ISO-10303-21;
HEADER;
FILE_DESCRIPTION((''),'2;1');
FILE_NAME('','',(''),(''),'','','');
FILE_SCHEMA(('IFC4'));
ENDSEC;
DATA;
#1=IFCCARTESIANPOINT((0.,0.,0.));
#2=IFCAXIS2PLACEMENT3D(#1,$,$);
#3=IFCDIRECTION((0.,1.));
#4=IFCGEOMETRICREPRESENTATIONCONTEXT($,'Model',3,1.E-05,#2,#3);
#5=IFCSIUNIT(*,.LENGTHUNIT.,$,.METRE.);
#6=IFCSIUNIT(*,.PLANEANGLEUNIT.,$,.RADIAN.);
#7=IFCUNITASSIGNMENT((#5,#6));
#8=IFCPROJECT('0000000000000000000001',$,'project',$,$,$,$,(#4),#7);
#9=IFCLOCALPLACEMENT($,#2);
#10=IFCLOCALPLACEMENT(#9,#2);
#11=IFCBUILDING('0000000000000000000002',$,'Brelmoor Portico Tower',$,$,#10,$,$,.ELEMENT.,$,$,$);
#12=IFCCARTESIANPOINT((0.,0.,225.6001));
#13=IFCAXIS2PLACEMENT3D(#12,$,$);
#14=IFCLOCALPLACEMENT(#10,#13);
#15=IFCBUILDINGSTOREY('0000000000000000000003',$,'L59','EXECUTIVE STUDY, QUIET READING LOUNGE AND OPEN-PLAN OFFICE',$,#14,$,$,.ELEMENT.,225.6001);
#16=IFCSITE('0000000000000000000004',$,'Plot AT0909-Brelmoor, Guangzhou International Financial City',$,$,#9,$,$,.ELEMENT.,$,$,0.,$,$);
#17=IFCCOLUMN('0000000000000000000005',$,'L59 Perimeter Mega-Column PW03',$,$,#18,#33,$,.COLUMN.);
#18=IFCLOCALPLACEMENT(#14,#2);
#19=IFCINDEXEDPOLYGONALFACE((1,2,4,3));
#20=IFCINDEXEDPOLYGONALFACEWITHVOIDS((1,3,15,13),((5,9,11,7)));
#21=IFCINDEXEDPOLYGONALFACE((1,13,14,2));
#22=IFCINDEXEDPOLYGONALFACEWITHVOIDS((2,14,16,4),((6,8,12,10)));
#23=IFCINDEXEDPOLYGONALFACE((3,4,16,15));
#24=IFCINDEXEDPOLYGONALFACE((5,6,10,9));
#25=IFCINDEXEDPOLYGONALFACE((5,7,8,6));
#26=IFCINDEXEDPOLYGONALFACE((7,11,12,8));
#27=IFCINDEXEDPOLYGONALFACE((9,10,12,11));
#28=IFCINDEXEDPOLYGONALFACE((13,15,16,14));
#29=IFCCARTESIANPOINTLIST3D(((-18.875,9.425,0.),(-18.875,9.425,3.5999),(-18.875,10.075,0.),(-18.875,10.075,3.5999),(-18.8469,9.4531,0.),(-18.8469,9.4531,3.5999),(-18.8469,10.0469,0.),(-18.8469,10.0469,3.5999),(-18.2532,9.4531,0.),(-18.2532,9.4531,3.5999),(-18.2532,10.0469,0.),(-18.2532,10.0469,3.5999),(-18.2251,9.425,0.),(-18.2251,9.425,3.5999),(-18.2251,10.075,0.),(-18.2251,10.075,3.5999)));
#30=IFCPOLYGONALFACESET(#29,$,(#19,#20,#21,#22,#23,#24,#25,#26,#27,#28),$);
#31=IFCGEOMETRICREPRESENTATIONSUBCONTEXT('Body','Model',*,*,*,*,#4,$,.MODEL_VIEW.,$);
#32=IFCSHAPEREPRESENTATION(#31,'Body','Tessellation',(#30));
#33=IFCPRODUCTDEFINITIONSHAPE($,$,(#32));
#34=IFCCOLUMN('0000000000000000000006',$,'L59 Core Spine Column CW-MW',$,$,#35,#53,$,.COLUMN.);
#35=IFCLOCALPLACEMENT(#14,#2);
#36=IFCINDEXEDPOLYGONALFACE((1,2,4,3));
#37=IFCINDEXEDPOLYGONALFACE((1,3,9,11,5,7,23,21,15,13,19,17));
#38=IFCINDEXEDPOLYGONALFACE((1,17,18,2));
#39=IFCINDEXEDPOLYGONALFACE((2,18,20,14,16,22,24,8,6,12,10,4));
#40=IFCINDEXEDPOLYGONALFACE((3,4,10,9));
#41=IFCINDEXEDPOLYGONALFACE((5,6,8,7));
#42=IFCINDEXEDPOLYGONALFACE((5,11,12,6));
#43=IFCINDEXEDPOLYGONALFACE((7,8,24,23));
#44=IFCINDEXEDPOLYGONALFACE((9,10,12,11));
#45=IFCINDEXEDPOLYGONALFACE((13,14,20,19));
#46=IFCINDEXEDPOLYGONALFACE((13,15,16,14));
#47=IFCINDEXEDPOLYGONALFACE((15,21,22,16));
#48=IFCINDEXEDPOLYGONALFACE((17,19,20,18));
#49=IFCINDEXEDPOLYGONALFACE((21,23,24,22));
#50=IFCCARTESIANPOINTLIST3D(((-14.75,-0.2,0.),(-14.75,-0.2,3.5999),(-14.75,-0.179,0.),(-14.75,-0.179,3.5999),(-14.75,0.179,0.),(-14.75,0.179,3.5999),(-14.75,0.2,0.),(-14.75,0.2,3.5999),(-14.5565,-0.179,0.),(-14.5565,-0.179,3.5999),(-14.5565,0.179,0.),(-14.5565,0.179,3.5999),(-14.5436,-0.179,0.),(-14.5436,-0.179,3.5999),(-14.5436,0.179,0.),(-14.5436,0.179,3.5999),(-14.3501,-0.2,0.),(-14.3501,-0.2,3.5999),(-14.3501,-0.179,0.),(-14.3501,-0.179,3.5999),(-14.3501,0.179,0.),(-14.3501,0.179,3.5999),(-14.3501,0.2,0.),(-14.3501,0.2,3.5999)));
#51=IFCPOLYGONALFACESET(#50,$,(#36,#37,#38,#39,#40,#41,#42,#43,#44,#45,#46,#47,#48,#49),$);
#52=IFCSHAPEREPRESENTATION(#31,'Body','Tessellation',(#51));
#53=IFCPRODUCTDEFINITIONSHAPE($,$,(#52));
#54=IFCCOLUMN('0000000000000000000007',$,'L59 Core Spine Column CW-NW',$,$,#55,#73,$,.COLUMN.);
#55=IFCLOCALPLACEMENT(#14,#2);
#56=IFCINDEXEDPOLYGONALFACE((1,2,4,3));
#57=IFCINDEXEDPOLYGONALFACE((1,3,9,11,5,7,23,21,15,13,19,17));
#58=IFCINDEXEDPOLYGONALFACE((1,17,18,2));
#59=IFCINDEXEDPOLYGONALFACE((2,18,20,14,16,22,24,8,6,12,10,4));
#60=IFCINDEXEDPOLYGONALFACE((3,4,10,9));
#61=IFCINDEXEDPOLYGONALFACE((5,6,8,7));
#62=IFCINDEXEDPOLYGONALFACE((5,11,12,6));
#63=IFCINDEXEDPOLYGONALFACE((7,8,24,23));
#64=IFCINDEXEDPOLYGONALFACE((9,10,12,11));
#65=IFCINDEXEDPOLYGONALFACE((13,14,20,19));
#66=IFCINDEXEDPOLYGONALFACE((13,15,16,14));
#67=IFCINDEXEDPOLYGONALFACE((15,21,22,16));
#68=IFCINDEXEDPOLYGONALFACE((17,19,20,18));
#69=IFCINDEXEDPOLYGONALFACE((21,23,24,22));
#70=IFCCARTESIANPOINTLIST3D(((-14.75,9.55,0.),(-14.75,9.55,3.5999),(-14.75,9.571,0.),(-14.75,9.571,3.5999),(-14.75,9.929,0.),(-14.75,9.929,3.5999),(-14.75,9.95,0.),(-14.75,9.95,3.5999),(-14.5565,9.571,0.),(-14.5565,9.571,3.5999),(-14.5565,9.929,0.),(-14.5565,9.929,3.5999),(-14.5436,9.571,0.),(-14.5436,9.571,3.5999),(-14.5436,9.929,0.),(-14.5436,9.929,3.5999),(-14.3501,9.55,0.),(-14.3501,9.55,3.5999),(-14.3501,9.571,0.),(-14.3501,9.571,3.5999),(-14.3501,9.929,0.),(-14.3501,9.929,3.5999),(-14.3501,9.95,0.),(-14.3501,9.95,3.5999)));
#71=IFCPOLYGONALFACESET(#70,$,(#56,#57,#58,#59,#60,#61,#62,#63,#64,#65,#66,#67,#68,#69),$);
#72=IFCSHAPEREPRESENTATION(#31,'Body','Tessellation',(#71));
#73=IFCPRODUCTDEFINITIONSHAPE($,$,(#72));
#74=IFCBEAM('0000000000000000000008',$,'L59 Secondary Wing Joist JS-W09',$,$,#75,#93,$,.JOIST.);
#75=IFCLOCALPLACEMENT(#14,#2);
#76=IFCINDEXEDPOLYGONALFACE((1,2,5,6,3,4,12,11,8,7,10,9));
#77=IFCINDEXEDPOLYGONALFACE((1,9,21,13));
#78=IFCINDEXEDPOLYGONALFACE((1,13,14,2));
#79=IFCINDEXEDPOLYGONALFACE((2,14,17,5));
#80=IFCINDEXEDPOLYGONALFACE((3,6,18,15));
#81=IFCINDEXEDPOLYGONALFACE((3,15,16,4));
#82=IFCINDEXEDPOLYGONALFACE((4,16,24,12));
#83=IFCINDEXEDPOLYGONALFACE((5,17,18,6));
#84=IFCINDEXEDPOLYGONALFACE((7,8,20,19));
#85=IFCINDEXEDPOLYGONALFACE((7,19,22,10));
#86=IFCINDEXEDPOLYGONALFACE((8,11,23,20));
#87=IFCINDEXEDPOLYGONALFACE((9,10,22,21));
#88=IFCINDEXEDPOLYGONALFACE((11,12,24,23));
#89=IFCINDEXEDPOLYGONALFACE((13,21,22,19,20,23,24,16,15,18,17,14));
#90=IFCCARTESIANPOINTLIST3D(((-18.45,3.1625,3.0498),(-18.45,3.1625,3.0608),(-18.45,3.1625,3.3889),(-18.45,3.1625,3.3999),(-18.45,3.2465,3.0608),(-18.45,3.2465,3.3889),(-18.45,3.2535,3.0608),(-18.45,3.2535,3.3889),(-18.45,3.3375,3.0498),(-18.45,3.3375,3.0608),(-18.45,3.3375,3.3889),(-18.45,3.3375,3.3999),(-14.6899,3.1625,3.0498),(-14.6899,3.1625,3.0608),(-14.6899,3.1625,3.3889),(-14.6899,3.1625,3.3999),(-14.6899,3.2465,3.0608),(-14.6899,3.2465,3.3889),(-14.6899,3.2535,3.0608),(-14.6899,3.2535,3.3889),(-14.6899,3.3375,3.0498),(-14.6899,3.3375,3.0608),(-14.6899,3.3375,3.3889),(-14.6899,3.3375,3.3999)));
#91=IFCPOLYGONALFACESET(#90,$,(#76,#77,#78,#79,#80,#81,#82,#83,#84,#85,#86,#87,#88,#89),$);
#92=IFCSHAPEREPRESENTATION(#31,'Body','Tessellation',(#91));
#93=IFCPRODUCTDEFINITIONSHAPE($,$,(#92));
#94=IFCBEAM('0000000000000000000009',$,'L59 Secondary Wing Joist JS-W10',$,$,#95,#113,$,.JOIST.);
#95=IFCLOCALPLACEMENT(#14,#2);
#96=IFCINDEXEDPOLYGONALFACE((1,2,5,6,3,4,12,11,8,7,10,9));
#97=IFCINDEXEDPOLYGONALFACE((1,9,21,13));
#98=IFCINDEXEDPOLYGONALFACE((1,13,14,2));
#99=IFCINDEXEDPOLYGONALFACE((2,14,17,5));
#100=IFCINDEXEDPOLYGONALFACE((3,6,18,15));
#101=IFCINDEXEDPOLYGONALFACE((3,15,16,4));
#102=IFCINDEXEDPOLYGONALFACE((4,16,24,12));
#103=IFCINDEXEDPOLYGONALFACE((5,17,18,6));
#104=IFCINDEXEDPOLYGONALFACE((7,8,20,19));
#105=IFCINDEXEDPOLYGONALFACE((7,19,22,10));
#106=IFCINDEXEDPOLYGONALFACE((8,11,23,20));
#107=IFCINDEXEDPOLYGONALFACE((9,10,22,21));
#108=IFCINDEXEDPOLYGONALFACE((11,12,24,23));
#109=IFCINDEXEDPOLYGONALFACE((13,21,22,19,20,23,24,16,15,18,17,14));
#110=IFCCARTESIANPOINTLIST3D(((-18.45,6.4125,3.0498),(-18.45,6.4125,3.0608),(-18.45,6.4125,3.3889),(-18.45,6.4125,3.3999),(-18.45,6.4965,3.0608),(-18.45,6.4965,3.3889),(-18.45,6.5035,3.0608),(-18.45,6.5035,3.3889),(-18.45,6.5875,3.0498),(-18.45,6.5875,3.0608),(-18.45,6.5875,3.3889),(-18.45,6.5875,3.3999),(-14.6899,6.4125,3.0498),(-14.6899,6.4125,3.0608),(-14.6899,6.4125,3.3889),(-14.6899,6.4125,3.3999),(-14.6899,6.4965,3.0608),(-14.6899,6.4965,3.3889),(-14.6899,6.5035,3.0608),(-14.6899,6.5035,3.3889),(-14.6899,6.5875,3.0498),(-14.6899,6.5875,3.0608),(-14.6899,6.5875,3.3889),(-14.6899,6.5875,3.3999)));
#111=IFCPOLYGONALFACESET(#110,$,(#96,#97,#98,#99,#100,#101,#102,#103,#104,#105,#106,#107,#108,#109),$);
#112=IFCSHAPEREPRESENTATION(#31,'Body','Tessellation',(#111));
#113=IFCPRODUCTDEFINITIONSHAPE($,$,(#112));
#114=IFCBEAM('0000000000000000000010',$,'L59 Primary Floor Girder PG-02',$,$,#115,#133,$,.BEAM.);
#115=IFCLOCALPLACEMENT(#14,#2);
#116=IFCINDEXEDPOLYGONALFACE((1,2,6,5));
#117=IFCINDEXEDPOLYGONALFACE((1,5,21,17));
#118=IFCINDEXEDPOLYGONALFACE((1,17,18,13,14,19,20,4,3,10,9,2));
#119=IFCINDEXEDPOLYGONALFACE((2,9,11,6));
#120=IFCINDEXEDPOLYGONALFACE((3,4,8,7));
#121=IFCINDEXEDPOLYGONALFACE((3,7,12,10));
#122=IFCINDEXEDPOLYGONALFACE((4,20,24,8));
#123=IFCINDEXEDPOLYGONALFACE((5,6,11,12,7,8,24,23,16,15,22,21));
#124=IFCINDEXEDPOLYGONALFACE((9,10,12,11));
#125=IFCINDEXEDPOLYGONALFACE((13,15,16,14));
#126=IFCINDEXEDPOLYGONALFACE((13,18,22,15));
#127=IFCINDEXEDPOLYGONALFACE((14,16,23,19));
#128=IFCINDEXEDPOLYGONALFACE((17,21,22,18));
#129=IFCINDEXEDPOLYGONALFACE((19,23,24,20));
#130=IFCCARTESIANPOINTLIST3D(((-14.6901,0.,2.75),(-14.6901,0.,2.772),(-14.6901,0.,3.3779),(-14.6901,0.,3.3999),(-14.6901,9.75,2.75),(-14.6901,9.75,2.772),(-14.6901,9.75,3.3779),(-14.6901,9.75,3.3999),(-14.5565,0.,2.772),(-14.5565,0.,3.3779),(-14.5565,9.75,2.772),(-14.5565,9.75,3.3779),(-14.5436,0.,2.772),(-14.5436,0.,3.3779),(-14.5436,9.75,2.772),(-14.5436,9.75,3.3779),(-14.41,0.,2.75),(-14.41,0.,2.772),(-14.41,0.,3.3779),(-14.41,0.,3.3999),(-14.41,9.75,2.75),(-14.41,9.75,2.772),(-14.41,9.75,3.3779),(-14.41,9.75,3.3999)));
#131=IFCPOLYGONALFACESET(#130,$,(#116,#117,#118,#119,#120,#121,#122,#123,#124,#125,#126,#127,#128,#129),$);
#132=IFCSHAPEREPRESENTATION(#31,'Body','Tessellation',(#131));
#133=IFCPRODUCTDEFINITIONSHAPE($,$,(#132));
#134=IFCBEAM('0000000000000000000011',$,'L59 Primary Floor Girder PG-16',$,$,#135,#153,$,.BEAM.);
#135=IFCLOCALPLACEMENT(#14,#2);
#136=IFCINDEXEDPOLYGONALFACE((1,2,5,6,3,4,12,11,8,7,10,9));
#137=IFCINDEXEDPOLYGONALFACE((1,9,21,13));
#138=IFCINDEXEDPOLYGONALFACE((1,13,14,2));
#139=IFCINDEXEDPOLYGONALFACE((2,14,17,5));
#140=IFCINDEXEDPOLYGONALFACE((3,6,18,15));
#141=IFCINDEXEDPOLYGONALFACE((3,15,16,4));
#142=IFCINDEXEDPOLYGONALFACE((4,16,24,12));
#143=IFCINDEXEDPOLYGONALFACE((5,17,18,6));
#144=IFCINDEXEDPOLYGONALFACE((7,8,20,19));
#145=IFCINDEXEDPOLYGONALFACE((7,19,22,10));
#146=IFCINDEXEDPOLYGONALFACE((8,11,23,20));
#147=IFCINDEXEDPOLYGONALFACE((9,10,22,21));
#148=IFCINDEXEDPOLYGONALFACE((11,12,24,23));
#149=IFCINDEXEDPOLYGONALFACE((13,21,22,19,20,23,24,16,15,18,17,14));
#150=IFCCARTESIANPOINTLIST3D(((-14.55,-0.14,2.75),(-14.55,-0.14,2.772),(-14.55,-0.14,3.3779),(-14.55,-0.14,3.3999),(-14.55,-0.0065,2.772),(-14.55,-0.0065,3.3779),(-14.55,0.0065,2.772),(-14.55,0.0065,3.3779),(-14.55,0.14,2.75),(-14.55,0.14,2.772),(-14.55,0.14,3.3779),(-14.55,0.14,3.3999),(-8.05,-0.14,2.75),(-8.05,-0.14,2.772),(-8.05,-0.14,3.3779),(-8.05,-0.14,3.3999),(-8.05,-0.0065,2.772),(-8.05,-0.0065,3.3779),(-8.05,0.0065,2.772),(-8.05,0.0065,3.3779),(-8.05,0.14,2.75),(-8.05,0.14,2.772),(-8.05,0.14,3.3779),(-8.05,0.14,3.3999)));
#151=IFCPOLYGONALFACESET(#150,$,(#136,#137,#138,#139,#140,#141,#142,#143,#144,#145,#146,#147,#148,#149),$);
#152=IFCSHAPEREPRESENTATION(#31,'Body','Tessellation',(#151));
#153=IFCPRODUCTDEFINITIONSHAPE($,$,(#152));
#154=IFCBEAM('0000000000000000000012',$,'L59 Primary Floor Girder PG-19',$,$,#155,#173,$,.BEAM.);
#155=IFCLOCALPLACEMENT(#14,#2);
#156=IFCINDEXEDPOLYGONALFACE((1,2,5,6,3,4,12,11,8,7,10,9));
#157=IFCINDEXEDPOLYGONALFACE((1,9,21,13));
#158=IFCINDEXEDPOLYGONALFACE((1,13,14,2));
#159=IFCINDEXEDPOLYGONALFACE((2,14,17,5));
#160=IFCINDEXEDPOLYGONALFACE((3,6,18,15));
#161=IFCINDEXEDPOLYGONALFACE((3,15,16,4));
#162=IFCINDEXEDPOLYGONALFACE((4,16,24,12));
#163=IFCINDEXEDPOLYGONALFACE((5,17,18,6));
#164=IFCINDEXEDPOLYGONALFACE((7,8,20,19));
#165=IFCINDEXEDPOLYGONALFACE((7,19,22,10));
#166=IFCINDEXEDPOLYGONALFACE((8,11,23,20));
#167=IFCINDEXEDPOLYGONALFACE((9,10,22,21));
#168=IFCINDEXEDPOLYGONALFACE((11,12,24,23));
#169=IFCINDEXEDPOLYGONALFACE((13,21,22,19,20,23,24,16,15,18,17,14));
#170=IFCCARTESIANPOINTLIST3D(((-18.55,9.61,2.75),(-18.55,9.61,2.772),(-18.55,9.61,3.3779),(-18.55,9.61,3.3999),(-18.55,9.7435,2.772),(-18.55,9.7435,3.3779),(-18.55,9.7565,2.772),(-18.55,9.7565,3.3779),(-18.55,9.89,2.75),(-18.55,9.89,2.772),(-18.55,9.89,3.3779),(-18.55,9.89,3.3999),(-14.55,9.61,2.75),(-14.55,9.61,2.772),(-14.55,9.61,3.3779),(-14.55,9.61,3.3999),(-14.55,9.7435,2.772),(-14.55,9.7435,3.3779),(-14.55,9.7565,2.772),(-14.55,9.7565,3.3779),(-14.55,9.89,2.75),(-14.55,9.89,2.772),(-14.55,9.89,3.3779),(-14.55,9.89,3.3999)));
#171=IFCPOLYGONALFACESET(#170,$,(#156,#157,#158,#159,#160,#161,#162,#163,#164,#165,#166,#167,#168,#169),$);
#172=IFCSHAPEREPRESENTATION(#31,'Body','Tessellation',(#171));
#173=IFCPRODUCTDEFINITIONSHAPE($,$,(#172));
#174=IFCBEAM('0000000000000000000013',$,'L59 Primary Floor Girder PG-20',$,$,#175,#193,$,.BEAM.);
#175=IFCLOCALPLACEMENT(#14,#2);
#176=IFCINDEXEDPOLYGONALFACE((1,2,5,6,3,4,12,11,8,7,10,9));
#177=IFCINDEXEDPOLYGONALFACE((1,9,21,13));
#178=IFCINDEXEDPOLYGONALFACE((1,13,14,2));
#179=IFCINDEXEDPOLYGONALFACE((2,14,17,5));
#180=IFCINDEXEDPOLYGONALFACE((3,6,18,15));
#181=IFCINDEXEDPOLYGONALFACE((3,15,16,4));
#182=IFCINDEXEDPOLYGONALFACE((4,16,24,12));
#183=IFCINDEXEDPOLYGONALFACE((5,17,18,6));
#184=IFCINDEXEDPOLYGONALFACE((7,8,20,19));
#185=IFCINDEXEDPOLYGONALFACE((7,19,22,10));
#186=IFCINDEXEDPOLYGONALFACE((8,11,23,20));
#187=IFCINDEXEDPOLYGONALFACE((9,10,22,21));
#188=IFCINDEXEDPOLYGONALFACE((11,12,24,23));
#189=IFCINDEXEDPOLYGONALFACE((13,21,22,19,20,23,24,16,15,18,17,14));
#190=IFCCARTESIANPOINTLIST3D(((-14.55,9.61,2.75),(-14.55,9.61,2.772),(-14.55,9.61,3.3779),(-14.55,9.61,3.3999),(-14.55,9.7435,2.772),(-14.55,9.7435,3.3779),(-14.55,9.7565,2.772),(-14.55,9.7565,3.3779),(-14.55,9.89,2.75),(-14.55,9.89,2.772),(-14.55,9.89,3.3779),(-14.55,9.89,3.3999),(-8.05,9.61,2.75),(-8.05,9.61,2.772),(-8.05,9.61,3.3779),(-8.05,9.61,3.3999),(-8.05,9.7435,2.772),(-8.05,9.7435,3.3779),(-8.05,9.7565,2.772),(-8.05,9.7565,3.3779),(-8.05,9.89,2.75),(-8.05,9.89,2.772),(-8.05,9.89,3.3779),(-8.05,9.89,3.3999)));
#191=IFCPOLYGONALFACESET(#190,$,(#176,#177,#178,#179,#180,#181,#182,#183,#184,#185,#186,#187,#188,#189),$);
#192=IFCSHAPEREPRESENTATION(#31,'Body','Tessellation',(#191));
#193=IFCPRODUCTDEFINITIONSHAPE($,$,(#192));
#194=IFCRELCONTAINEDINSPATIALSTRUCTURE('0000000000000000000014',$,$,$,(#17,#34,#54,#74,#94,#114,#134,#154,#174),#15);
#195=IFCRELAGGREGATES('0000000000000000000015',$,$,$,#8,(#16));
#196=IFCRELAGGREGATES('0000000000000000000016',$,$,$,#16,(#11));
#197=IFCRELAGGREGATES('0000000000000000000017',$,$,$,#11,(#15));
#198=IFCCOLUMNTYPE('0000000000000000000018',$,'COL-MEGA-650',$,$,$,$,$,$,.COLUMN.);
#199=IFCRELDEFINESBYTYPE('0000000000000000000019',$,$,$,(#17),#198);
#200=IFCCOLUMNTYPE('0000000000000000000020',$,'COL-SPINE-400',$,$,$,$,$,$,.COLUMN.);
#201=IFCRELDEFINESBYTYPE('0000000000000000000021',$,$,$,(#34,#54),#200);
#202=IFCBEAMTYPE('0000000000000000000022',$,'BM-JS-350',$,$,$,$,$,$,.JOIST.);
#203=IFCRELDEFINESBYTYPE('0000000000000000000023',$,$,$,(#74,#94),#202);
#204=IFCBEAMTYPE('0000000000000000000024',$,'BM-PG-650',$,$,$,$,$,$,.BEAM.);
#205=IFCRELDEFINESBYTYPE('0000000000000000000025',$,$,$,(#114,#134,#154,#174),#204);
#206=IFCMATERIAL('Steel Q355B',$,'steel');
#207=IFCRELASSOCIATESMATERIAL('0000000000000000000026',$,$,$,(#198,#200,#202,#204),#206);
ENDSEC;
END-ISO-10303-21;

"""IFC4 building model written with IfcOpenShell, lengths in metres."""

from ifc_helpers import new_model, si_unit, direction, frame, origin, origin_2d, place, context, subcontext, project, spatial, hollow_rectangle, i_section, extrude, material, material_profile, profile_set, type_object, element, save


model = new_model("IFC4")

# Units and contexts
model_context = context("Model", 3, precision=1e-05, world=origin(), true_north=direction((0.0, 1.0)))
body_context = subcontext(model_context, "Body", "Model", "MODEL_VIEW")
ifc_project = project(units=[si_unit("LENGTHUNIT", "METRE"), si_unit("PLANEANGLEUNIT", "RADIAN")], contexts=[model_context])

# Site, building, storey
site_placement = place(None, origin())
site = spatial("IfcSite", under=ifc_project, at=site_placement, Name="Plot AT0909-Brelmoor, Guangzhou International Financial City", CompositionType="ELEMENT", RefElevation=0.0)
building_placement = place(site_placement, origin())
building = spatial("IfcBuilding", under=site, at=building_placement, Name="Brelmoor Portico Tower", CompositionType="ELEMENT")
storey_placement = place(building_placement, frame((0.0, 0.0, 225.6001)))
storey = spatial("IfcBuildingStorey", under=building, at=storey_placement, Name="L59", Description="EXECUTIVE STUDY, QUIET READING LOUNGE AND OPEN-PLAN OFFICE", CompositionType="ELEMENT", Elevation=225.6001)

# Columns
ifc_material_1 = material(Name="Steel Q355B", Category="steel")
ifc_material_profile_1 = material_profile(ifc_material_1, hollow_rectangle(XDim=0.6499, YDim=0.6499, WallThickness=0.0281, at=origin_2d()), Name="BOX 650x650x28")
ifc_profile_set_1 = profile_set([ifc_material_profile_1], Name="Steel Q355B")
column_type_1 = type_object("IfcColumnType", Name="COL-MEGA-650", PredefinedType="COLUMN", material=ifc_profile_set_1)
column_placement = place(storey_placement, frame((-18.55, 9.75, 0.0), z_axis=(0.0, 0.0, 1.0), x_axis=(0.0, 1.0, 0.0)))
element("IfcColumn", 1, at=column_placement, inside=storey, type_object=column_type_1, Name="L59 Perimeter Mega-Column PW03", PredefinedType="COLUMN", context=body_context, shape_type="SweptSolid", body=[
    extrude(hollow_rectangle(XDim=0.6499, YDim=0.6499, WallThickness=0.0281, at=origin_2d()), origin(), (0.0, 0.0, 1.0), 3.5999),
])
ifc_material_profile_2 = material_profile(ifc_material_1, i_section(OverallWidth=0.3999, OverallDepth=0.3999, WebThickness=0.0129, FlangeThickness=0.021, at=origin_2d()), Name="HW 400x400x13x21")
ifc_profile_set_2 = profile_set([ifc_material_profile_2], Name="Steel Q355B")
column_type_2 = type_object("IfcColumnType", Name="COL-SPINE-400", PredefinedType="COLUMN", material=ifc_profile_set_2)
for number, where, z_axis, x_axis, name in (
    (2, (-14.55, 0.0, 0.0), (0.0, 0.0, 1.0), (1.0, 0.0, 0.0), "L59 Core Spine Column CW-MW"),
    (3, (-14.55, 9.75, 0.0), (0.0, 0.0, 1.0), (1.0, 0.0, 0.0), "L59 Core Spine Column CW-NW"),
):
    element("IfcColumn", number, at=place(storey_placement, frame(where, z_axis=z_axis, x_axis=x_axis)), inside=storey, type_object=column_type_2, Name=name, PredefinedType="COLUMN", context=body_context, shape_type="SweptSolid", body=[
        extrude(i_section(OverallWidth=0.3999, OverallDepth=0.3999, WebThickness=0.0129, FlangeThickness=0.021, at=origin_2d()), origin(), (0.0, 0.0, 1.0), 3.5999),
    ])

# Beams
ifc_material_profile_3 = material_profile(ifc_material_1, i_section(OverallWidth=0.175, OverallDepth=0.3501, WebThickness=0.0071, FlangeThickness=0.011, at=origin_2d()), Name="HN 350x175x7x11")
ifc_profile_set_3 = profile_set([ifc_material_profile_3], Name="Steel Q355B")
beam_type_1 = type_object("IfcBeamType", Name="BM-JS-350", PredefinedType="JOIST", material=ifc_profile_set_3)
for number, where, z_axis, x_axis, name in (
    (4, (-18.45, 3.25, 3.2249), (1.0, 0.0, 0.0), (0.0, 1.0, 0.0), "L59 Secondary Wing Joist JS-W09"),
    (5, (-18.45, 6.5, 3.2249), (1.0, 0.0, 0.0), (0.0, 1.0, 0.0), "L59 Secondary Wing Joist JS-W10"),
):
    element("IfcBeam", number, at=place(storey_placement, frame(where, z_axis=z_axis, x_axis=x_axis)), inside=storey, type_object=beam_type_1, Name=name, PredefinedType="JOIST", context=body_context, shape_type="SweptSolid", body=[
        extrude(i_section(OverallWidth=0.175, OverallDepth=0.3501, WebThickness=0.0071, FlangeThickness=0.011, at=origin_2d()), origin(), (0.0, 0.0, 1.0), 3.76),
    ])
ifc_material_profile_4 = material_profile(ifc_material_1, i_section(OverallWidth=0.28, OverallDepth=0.6499, WebThickness=0.0129, FlangeThickness=0.022, at=origin_2d()), Name="HN 650x280x13x22")
ifc_profile_set_4 = profile_set([ifc_material_profile_4], Name="Steel Q355B")
beam_type_2 = type_object("IfcBeamType", Name="BM-PG-650", PredefinedType="BEAM", material=ifc_profile_set_4)
beam_1_placement = place(storey_placement, frame((-14.55, 0.0, 3.075), z_axis=(0.0, 1.0, 0.0), x_axis=(-1.0, 0.0, 0.0)))
element("IfcBeam", 6, at=beam_1_placement, inside=storey, type_object=beam_type_2, Name="L59 Primary Floor Girder PG-02", PredefinedType="BEAM", context=body_context, shape_type="SweptSolid", body=[
    extrude(i_section(OverallWidth=0.28, OverallDepth=0.6499, WebThickness=0.0129, FlangeThickness=0.022, at=origin_2d()), origin(), (0.0, 0.0, 1.0), 9.75),
])
beam_2_placement = place(storey_placement, frame((-14.55, 0.0, 3.075), z_axis=(1.0, 0.0, 0.0), x_axis=(0.0, 1.0, 0.0)))
element("IfcBeam", 7, at=beam_2_placement, inside=storey, type_object=beam_type_2, Name="L59 Primary Floor Girder PG-16", PredefinedType="BEAM", context=body_context, shape_type="SweptSolid", body=[
    extrude(i_section(OverallWidth=0.28, OverallDepth=0.6499, WebThickness=0.0129, FlangeThickness=0.022, at=origin_2d()), origin(), (0.0, 0.0, 1.0), 6.5),
])
beam_3_placement = place(storey_placement, frame((-18.55, 9.75, 3.075), z_axis=(1.0, 0.0, 0.0), x_axis=(0.0, 1.0, 0.0)))
element("IfcBeam", 8, at=beam_3_placement, inside=storey, type_object=beam_type_2, Name="L59 Primary Floor Girder PG-19", PredefinedType="BEAM", context=body_context, shape_type="SweptSolid", body=[
    extrude(i_section(OverallWidth=0.28, OverallDepth=0.6499, WebThickness=0.0129, FlangeThickness=0.022, at=origin_2d()), origin(), (0.0, 0.0, 1.0), 4.0),
])
beam_4_placement = place(storey_placement, frame((-14.55, 9.75, 3.075), z_axis=(1.0, 0.0, 0.0), x_axis=(0.0, 1.0, 0.0)))
element("IfcBeam", 9, at=beam_4_placement, inside=storey, type_object=beam_type_2, Name="L59 Primary Floor Girder PG-20", PredefinedType="BEAM", context=body_context, shape_type="SweptSolid", body=[
    extrude(i_section(OverallWidth=0.28, OverallDepth=0.6499, WebThickness=0.0129, FlangeThickness=0.022, at=origin_2d()), origin(), (0.0, 0.0, 1.0), 6.5),
])

save(model, "model.ifc")
